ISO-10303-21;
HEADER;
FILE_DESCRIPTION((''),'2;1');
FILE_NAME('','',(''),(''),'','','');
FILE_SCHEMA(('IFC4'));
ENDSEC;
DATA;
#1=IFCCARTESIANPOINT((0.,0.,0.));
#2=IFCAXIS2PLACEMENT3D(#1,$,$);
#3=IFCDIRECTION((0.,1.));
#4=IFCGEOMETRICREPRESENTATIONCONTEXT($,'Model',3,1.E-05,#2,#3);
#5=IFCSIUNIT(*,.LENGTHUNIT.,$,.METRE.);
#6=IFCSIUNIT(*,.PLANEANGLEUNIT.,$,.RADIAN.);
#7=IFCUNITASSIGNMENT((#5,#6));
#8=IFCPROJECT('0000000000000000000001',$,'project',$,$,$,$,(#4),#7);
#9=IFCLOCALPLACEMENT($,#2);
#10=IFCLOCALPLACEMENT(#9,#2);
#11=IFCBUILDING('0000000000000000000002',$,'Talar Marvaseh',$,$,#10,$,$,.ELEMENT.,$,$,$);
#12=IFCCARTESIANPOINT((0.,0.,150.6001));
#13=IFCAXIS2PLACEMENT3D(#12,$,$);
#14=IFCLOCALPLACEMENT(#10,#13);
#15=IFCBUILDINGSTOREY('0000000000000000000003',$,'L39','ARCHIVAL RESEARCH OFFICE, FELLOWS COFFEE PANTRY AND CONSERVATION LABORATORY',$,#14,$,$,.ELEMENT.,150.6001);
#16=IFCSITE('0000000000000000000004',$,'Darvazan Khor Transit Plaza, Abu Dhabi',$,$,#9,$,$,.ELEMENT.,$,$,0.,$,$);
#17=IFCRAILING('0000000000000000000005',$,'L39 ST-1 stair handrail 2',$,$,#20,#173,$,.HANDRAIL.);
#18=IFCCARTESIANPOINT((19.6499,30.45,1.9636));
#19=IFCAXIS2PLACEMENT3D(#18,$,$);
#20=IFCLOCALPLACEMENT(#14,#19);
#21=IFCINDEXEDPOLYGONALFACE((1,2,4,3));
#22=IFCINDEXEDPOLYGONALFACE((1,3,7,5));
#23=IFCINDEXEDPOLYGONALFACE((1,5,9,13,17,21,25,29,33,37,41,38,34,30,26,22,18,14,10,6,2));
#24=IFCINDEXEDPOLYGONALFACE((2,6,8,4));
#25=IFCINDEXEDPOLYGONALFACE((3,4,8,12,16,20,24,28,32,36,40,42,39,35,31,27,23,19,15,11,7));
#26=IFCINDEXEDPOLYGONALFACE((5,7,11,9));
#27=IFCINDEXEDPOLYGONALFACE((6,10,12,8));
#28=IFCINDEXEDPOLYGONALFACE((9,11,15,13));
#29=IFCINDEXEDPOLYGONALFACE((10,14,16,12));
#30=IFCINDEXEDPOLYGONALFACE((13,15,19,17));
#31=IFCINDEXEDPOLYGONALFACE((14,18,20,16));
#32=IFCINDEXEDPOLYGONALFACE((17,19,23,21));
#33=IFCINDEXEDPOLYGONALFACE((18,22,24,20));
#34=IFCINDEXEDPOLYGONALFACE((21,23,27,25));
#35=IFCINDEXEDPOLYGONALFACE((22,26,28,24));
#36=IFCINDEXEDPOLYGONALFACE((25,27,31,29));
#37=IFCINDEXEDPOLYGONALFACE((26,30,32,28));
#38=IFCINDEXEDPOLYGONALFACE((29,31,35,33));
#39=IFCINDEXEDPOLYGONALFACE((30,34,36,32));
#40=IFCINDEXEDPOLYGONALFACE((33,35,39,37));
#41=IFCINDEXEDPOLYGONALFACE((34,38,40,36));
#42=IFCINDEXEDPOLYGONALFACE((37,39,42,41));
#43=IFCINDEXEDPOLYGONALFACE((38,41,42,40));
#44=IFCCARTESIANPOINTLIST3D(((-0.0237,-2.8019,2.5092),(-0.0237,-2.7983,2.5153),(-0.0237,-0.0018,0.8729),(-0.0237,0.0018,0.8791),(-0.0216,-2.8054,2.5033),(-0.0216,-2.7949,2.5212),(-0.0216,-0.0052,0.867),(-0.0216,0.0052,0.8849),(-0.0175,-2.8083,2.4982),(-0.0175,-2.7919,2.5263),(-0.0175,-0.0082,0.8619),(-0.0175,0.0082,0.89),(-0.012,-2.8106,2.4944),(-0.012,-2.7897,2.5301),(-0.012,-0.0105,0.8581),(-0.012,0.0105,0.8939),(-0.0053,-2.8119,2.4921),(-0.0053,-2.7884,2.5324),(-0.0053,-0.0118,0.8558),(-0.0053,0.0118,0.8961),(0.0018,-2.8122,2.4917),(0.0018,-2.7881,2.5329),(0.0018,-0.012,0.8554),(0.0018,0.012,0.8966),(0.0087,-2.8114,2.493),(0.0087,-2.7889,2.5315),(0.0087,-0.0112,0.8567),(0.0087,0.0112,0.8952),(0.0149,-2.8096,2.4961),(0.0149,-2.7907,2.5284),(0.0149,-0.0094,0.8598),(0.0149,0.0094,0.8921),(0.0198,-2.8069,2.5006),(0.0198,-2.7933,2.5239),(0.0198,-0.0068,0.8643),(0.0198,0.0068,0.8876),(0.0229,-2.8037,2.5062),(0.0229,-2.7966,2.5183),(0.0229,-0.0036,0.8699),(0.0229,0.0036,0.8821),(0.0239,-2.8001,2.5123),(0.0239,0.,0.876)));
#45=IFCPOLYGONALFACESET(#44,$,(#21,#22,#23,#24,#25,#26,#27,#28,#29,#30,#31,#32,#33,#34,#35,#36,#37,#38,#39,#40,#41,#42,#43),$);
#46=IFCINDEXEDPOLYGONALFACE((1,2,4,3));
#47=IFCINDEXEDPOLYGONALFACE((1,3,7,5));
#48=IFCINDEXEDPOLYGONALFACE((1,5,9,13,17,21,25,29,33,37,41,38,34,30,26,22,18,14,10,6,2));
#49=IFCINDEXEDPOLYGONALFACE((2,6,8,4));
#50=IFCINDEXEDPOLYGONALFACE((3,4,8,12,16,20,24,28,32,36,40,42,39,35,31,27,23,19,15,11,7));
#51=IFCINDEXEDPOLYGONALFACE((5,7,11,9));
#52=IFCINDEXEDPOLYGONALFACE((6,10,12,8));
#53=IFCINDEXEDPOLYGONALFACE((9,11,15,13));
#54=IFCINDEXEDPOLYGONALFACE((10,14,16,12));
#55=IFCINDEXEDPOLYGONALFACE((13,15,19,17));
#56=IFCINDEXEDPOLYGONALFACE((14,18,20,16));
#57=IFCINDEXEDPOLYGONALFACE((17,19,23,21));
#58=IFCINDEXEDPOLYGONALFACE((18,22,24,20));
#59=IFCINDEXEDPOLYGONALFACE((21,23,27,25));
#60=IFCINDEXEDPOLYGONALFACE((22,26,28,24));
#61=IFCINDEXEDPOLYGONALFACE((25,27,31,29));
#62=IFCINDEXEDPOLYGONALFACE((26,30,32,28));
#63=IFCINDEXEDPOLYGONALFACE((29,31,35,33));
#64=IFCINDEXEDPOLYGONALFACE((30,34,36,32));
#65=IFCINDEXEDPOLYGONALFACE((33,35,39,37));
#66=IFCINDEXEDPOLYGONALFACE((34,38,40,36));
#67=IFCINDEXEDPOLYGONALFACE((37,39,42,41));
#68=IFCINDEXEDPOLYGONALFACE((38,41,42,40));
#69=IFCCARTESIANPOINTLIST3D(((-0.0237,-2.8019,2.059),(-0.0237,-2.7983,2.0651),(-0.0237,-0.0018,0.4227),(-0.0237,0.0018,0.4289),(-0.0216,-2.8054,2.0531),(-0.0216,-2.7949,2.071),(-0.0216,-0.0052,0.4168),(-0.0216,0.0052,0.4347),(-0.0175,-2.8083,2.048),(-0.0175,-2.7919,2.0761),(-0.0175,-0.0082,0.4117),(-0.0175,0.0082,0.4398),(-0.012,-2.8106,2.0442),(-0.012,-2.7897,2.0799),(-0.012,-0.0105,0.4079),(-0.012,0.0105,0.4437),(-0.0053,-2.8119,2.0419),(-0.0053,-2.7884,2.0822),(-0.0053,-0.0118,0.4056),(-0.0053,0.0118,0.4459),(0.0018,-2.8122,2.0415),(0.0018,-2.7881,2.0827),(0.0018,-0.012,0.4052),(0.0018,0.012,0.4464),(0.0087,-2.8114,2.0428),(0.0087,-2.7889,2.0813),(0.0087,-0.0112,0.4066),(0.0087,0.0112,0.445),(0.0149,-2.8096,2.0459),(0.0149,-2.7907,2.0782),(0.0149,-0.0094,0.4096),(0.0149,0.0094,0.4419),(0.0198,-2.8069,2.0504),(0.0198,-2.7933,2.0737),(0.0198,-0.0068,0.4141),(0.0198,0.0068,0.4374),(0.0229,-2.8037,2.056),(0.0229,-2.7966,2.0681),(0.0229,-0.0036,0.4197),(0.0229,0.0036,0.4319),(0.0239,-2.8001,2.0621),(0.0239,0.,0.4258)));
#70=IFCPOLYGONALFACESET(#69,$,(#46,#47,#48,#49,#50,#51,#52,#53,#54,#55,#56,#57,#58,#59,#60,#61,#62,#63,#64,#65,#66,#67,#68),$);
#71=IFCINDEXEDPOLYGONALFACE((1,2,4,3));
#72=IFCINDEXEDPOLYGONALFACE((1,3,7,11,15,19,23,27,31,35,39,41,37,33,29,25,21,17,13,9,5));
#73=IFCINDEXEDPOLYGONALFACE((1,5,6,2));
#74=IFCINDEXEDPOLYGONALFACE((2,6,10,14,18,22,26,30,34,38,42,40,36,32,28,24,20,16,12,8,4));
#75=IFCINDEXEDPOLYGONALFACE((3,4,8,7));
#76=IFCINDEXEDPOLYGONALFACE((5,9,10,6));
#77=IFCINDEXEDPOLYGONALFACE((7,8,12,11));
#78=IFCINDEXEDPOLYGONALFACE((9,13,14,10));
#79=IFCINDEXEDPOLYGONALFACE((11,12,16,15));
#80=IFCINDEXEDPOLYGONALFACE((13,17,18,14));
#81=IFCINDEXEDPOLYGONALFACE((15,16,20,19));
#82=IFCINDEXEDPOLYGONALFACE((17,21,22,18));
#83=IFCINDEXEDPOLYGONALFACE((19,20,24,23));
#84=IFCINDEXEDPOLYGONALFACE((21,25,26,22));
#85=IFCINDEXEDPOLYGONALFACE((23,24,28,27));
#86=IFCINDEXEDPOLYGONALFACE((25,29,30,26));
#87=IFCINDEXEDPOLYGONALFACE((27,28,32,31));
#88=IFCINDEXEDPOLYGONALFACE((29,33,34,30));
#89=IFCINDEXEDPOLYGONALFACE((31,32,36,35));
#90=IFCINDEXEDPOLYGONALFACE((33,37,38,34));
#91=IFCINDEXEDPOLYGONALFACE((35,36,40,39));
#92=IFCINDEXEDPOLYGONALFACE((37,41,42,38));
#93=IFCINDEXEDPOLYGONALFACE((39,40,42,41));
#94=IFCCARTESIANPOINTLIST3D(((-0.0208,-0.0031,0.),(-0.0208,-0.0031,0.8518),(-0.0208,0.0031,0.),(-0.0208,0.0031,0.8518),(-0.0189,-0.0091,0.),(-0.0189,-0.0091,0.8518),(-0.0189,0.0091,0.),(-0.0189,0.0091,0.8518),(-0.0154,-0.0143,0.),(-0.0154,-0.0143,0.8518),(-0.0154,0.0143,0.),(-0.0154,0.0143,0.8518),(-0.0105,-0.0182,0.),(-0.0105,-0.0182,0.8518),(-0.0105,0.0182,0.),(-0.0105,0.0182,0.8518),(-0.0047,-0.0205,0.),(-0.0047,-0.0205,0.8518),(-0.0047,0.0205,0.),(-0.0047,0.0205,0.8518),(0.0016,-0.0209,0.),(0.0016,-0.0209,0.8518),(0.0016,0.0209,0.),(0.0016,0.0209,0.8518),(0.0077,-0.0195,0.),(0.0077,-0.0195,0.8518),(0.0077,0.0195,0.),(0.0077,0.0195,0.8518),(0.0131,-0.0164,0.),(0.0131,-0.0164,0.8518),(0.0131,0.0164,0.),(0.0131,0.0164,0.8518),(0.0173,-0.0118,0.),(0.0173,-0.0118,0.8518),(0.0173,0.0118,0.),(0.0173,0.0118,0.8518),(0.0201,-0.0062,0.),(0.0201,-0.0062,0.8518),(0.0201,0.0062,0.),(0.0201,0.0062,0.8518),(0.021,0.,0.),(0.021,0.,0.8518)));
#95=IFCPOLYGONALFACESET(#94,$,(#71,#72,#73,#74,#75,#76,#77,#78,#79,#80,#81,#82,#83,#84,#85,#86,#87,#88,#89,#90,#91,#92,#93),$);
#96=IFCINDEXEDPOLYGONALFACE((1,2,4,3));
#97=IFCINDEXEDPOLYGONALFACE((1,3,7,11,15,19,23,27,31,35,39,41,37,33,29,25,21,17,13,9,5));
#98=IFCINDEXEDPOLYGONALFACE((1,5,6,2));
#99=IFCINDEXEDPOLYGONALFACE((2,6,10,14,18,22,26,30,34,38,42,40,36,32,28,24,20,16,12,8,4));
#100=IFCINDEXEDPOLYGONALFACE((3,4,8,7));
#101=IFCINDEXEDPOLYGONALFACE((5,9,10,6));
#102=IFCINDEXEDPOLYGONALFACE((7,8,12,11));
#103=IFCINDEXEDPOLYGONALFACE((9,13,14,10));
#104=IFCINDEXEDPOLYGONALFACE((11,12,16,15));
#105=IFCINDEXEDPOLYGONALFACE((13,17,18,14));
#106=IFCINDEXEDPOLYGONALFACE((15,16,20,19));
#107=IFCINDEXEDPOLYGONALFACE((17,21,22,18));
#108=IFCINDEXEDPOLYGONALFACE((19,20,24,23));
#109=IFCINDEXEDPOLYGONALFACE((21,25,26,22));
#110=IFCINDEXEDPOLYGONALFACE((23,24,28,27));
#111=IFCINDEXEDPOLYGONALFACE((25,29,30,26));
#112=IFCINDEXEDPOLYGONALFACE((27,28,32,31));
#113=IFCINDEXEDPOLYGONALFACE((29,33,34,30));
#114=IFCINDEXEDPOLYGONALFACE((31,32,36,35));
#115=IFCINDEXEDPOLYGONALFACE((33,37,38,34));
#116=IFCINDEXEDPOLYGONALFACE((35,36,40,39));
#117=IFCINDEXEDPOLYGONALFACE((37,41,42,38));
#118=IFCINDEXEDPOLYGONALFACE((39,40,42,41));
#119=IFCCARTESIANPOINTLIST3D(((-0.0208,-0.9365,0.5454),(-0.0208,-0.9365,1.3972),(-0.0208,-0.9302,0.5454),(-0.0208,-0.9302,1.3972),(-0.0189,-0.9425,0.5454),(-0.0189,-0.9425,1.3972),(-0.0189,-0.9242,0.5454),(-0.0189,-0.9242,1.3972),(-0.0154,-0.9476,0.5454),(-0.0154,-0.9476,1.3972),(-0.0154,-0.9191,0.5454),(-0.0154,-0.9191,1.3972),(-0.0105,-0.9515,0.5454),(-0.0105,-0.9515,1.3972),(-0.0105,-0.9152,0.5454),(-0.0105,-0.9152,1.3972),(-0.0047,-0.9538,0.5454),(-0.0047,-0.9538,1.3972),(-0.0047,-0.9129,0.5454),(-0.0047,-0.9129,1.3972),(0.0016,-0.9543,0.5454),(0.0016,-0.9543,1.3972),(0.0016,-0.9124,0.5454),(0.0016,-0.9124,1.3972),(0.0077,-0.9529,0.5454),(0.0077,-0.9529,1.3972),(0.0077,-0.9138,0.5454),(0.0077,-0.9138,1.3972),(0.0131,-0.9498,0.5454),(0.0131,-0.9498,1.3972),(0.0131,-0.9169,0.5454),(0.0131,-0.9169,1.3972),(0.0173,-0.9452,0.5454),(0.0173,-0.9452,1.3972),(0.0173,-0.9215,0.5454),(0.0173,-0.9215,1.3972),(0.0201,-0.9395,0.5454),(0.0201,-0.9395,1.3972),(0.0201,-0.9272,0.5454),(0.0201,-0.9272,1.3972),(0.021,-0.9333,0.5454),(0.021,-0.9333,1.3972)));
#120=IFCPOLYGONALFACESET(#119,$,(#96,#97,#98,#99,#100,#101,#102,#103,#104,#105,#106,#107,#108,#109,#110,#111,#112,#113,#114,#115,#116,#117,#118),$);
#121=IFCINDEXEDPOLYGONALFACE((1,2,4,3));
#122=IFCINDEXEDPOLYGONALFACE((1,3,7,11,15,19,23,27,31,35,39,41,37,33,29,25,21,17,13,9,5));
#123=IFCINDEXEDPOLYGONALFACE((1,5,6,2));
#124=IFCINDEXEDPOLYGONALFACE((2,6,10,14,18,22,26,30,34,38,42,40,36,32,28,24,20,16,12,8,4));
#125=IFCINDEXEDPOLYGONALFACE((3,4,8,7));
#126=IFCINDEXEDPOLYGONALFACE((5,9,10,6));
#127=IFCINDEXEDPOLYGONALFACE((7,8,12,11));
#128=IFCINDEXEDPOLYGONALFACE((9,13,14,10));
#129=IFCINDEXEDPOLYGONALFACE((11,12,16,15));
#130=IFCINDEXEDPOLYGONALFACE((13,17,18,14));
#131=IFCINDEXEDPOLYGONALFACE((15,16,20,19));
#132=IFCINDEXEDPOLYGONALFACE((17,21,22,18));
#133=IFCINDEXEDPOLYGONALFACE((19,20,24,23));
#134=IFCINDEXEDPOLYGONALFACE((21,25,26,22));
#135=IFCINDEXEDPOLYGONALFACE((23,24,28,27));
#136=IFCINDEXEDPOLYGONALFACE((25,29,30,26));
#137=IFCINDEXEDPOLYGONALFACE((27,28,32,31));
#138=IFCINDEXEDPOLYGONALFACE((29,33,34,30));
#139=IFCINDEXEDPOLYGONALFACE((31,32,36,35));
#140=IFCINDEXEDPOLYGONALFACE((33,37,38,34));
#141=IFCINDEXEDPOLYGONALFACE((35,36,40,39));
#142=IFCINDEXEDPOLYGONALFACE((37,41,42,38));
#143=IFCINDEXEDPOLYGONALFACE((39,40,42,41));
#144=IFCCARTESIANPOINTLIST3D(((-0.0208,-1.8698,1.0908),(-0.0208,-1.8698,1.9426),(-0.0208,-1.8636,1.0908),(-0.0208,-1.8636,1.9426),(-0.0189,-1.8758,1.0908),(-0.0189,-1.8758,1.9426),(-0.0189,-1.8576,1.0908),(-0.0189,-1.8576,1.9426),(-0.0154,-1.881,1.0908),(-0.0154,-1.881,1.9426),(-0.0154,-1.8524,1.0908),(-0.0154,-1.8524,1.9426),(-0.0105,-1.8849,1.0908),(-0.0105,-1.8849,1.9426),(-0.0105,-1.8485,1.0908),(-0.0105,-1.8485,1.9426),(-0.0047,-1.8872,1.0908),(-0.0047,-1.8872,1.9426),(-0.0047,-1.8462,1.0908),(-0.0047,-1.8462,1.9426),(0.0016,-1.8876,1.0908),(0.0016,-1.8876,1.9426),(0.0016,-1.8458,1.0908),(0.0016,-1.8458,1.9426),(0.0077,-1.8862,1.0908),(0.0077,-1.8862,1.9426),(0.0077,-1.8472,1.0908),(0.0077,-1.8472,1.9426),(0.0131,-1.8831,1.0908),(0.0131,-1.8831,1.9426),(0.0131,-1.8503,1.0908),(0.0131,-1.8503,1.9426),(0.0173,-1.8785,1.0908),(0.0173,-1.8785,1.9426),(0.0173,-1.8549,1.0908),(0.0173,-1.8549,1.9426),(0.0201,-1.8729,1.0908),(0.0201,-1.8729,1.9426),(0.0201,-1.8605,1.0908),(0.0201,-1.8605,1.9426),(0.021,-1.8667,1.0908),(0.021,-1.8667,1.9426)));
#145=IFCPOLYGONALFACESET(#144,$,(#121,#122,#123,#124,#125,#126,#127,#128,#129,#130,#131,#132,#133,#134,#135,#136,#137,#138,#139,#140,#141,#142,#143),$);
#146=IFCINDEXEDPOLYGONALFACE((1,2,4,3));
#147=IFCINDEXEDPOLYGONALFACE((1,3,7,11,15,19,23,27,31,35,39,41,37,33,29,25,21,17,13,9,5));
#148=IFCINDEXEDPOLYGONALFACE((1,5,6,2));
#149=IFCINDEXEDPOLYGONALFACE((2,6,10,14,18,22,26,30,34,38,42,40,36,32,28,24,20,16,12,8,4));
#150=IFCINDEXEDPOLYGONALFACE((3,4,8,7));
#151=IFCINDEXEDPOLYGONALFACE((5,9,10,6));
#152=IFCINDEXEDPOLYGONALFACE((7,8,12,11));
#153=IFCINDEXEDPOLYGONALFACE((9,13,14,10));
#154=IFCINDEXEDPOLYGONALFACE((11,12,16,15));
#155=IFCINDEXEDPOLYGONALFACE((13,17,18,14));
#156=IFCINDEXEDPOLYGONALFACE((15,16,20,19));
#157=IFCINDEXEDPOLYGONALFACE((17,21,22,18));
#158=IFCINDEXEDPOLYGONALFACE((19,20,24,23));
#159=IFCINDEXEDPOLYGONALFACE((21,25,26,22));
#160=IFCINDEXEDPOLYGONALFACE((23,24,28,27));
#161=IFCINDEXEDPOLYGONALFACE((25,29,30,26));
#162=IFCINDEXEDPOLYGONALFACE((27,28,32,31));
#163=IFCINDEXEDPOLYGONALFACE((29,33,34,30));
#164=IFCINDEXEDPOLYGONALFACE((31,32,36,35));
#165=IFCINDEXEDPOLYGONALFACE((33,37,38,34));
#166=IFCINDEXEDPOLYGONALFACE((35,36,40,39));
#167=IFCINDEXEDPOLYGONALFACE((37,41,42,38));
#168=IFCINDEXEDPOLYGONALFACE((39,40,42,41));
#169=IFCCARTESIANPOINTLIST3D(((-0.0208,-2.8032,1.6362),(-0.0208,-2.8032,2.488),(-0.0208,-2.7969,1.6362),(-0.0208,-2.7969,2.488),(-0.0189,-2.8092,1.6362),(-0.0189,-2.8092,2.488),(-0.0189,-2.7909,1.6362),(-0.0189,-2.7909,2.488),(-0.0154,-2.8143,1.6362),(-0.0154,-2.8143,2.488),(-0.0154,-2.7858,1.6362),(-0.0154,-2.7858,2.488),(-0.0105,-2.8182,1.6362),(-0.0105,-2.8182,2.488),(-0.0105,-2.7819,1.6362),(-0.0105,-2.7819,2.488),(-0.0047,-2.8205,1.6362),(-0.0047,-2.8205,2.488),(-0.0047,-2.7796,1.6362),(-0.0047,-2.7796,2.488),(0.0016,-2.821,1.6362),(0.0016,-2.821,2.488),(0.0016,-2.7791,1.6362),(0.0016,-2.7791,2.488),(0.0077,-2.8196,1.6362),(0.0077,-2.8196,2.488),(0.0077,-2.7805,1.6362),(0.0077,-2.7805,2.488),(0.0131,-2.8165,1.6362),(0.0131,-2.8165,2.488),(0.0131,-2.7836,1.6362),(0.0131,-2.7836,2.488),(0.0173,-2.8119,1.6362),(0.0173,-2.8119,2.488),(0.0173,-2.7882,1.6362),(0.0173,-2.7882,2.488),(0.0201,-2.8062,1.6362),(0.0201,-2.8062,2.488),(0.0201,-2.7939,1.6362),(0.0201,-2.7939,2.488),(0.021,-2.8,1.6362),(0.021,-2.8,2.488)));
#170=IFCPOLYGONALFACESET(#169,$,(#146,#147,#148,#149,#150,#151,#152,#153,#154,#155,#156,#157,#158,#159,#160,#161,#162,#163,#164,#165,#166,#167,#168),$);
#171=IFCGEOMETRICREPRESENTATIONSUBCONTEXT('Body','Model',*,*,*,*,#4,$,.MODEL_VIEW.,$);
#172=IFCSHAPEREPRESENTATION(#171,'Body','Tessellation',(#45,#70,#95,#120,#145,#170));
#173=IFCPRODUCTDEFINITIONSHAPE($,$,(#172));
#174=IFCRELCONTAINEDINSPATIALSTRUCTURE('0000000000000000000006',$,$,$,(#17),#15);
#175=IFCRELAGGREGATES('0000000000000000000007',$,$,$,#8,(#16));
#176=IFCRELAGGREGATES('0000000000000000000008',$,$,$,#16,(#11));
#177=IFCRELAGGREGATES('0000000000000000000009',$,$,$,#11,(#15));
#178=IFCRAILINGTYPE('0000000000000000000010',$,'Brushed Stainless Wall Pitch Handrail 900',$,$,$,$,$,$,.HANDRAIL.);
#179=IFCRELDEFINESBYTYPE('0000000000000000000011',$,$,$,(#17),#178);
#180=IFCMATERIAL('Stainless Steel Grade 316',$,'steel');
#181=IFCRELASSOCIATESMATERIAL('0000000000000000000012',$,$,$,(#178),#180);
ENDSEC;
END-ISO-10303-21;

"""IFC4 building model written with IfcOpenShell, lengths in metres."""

from ifc_helpers import new_model, si_unit, direction, frame, origin, origin_2d, place, context, subcontext, project, spatial, circle, extrude, material, type_object, element, save


model = new_model("IFC4")

# Units and contexts
model_context = context("Model", 3, precision=1e-05, world=origin(), true_north=direction((0.0, 1.0)))
body_context = subcontext(model_context, "Body", "Model", "MODEL_VIEW")
ifc_project = project(units=[si_unit("LENGTHUNIT", "METRE"), si_unit("PLANEANGLEUNIT", "RADIAN")], contexts=[model_context])

# Site, building, storey
site_placement = place(None, origin())
site = spatial("IfcSite", under=ifc_project, at=site_placement, Name="Darvazan Khor Transit Plaza, Abu Dhabi", CompositionType="ELEMENT", RefElevation=0.0)
building_placement = place(site_placement, origin())
building = spatial("IfcBuilding", under=site, at=building_placement, Name="Talar Marvaseh", CompositionType="ELEMENT")
storey_placement = place(building_placement, frame((0.0, 0.0, 150.6001)))
storey = spatial("IfcBuildingStorey", under=building, at=storey_placement, Name="L39", Description="ARCHIVAL RESEARCH OFFICE, FELLOWS COFFEE PANTRY AND CONSERVATION LABORATORY", CompositionType="ELEMENT", Elevation=150.6001)

# Railing
ifc_material_1 = material(Name="Stainless Steel Grade 316", Category="steel")
railing_type_1 = type_object("IfcRailingType", Name="Brushed Stainless Wall Pitch Handrail 900", PredefinedType="HANDRAIL", material=ifc_material_1)
railing_1_placement = place(storey_placement, frame((19.6499, 30.45, 1.9636)))
element("IfcRailing", 1, at=railing_1_placement, inside=storey, type_object=railing_type_1, Name="L39 ST-1 stair handrail 2", PredefinedType="HANDRAIL", context=body_context, shape_type="SweptSolid", body=[
    extrude(circle(Radius=0.0239, at=origin_2d()), frame((0.0, 0.0, 0.876), z_axis=(0.0, -0.863394, 0.504531), x_axis=(1.0, 0.0, 0.0)), (0.0, 0.0, 1.0), 3.2432),
    extrude(circle(Radius=0.0239, at=origin_2d()), frame((0.0, 0.0, 0.4258), z_axis=(0.0, -0.863394, 0.504531), x_axis=(1.0, 0.0, 0.0)), (0.0, 0.0, 1.0), 3.2432),
    extrude(circle(Radius=0.021, at=origin_2d()), origin(), (0.0, 0.0, 1.0), 0.8518),
    extrude(circle(Radius=0.021, at=origin_2d()), frame((0.0, -0.9333, 0.5454)), (0.0, 0.0, 1.0), 0.8518),
    extrude(circle(Radius=0.021, at=origin_2d()), frame((0.0, -1.8667, 1.0908)), (0.0, 0.0, 1.0), 0.8518),
    extrude(circle(Radius=0.021, at=origin_2d()), frame((0.0, -2.8, 1.6362)), (0.0, 0.0, 1.0), 0.8518),
])

save(model, "model.ifc")
